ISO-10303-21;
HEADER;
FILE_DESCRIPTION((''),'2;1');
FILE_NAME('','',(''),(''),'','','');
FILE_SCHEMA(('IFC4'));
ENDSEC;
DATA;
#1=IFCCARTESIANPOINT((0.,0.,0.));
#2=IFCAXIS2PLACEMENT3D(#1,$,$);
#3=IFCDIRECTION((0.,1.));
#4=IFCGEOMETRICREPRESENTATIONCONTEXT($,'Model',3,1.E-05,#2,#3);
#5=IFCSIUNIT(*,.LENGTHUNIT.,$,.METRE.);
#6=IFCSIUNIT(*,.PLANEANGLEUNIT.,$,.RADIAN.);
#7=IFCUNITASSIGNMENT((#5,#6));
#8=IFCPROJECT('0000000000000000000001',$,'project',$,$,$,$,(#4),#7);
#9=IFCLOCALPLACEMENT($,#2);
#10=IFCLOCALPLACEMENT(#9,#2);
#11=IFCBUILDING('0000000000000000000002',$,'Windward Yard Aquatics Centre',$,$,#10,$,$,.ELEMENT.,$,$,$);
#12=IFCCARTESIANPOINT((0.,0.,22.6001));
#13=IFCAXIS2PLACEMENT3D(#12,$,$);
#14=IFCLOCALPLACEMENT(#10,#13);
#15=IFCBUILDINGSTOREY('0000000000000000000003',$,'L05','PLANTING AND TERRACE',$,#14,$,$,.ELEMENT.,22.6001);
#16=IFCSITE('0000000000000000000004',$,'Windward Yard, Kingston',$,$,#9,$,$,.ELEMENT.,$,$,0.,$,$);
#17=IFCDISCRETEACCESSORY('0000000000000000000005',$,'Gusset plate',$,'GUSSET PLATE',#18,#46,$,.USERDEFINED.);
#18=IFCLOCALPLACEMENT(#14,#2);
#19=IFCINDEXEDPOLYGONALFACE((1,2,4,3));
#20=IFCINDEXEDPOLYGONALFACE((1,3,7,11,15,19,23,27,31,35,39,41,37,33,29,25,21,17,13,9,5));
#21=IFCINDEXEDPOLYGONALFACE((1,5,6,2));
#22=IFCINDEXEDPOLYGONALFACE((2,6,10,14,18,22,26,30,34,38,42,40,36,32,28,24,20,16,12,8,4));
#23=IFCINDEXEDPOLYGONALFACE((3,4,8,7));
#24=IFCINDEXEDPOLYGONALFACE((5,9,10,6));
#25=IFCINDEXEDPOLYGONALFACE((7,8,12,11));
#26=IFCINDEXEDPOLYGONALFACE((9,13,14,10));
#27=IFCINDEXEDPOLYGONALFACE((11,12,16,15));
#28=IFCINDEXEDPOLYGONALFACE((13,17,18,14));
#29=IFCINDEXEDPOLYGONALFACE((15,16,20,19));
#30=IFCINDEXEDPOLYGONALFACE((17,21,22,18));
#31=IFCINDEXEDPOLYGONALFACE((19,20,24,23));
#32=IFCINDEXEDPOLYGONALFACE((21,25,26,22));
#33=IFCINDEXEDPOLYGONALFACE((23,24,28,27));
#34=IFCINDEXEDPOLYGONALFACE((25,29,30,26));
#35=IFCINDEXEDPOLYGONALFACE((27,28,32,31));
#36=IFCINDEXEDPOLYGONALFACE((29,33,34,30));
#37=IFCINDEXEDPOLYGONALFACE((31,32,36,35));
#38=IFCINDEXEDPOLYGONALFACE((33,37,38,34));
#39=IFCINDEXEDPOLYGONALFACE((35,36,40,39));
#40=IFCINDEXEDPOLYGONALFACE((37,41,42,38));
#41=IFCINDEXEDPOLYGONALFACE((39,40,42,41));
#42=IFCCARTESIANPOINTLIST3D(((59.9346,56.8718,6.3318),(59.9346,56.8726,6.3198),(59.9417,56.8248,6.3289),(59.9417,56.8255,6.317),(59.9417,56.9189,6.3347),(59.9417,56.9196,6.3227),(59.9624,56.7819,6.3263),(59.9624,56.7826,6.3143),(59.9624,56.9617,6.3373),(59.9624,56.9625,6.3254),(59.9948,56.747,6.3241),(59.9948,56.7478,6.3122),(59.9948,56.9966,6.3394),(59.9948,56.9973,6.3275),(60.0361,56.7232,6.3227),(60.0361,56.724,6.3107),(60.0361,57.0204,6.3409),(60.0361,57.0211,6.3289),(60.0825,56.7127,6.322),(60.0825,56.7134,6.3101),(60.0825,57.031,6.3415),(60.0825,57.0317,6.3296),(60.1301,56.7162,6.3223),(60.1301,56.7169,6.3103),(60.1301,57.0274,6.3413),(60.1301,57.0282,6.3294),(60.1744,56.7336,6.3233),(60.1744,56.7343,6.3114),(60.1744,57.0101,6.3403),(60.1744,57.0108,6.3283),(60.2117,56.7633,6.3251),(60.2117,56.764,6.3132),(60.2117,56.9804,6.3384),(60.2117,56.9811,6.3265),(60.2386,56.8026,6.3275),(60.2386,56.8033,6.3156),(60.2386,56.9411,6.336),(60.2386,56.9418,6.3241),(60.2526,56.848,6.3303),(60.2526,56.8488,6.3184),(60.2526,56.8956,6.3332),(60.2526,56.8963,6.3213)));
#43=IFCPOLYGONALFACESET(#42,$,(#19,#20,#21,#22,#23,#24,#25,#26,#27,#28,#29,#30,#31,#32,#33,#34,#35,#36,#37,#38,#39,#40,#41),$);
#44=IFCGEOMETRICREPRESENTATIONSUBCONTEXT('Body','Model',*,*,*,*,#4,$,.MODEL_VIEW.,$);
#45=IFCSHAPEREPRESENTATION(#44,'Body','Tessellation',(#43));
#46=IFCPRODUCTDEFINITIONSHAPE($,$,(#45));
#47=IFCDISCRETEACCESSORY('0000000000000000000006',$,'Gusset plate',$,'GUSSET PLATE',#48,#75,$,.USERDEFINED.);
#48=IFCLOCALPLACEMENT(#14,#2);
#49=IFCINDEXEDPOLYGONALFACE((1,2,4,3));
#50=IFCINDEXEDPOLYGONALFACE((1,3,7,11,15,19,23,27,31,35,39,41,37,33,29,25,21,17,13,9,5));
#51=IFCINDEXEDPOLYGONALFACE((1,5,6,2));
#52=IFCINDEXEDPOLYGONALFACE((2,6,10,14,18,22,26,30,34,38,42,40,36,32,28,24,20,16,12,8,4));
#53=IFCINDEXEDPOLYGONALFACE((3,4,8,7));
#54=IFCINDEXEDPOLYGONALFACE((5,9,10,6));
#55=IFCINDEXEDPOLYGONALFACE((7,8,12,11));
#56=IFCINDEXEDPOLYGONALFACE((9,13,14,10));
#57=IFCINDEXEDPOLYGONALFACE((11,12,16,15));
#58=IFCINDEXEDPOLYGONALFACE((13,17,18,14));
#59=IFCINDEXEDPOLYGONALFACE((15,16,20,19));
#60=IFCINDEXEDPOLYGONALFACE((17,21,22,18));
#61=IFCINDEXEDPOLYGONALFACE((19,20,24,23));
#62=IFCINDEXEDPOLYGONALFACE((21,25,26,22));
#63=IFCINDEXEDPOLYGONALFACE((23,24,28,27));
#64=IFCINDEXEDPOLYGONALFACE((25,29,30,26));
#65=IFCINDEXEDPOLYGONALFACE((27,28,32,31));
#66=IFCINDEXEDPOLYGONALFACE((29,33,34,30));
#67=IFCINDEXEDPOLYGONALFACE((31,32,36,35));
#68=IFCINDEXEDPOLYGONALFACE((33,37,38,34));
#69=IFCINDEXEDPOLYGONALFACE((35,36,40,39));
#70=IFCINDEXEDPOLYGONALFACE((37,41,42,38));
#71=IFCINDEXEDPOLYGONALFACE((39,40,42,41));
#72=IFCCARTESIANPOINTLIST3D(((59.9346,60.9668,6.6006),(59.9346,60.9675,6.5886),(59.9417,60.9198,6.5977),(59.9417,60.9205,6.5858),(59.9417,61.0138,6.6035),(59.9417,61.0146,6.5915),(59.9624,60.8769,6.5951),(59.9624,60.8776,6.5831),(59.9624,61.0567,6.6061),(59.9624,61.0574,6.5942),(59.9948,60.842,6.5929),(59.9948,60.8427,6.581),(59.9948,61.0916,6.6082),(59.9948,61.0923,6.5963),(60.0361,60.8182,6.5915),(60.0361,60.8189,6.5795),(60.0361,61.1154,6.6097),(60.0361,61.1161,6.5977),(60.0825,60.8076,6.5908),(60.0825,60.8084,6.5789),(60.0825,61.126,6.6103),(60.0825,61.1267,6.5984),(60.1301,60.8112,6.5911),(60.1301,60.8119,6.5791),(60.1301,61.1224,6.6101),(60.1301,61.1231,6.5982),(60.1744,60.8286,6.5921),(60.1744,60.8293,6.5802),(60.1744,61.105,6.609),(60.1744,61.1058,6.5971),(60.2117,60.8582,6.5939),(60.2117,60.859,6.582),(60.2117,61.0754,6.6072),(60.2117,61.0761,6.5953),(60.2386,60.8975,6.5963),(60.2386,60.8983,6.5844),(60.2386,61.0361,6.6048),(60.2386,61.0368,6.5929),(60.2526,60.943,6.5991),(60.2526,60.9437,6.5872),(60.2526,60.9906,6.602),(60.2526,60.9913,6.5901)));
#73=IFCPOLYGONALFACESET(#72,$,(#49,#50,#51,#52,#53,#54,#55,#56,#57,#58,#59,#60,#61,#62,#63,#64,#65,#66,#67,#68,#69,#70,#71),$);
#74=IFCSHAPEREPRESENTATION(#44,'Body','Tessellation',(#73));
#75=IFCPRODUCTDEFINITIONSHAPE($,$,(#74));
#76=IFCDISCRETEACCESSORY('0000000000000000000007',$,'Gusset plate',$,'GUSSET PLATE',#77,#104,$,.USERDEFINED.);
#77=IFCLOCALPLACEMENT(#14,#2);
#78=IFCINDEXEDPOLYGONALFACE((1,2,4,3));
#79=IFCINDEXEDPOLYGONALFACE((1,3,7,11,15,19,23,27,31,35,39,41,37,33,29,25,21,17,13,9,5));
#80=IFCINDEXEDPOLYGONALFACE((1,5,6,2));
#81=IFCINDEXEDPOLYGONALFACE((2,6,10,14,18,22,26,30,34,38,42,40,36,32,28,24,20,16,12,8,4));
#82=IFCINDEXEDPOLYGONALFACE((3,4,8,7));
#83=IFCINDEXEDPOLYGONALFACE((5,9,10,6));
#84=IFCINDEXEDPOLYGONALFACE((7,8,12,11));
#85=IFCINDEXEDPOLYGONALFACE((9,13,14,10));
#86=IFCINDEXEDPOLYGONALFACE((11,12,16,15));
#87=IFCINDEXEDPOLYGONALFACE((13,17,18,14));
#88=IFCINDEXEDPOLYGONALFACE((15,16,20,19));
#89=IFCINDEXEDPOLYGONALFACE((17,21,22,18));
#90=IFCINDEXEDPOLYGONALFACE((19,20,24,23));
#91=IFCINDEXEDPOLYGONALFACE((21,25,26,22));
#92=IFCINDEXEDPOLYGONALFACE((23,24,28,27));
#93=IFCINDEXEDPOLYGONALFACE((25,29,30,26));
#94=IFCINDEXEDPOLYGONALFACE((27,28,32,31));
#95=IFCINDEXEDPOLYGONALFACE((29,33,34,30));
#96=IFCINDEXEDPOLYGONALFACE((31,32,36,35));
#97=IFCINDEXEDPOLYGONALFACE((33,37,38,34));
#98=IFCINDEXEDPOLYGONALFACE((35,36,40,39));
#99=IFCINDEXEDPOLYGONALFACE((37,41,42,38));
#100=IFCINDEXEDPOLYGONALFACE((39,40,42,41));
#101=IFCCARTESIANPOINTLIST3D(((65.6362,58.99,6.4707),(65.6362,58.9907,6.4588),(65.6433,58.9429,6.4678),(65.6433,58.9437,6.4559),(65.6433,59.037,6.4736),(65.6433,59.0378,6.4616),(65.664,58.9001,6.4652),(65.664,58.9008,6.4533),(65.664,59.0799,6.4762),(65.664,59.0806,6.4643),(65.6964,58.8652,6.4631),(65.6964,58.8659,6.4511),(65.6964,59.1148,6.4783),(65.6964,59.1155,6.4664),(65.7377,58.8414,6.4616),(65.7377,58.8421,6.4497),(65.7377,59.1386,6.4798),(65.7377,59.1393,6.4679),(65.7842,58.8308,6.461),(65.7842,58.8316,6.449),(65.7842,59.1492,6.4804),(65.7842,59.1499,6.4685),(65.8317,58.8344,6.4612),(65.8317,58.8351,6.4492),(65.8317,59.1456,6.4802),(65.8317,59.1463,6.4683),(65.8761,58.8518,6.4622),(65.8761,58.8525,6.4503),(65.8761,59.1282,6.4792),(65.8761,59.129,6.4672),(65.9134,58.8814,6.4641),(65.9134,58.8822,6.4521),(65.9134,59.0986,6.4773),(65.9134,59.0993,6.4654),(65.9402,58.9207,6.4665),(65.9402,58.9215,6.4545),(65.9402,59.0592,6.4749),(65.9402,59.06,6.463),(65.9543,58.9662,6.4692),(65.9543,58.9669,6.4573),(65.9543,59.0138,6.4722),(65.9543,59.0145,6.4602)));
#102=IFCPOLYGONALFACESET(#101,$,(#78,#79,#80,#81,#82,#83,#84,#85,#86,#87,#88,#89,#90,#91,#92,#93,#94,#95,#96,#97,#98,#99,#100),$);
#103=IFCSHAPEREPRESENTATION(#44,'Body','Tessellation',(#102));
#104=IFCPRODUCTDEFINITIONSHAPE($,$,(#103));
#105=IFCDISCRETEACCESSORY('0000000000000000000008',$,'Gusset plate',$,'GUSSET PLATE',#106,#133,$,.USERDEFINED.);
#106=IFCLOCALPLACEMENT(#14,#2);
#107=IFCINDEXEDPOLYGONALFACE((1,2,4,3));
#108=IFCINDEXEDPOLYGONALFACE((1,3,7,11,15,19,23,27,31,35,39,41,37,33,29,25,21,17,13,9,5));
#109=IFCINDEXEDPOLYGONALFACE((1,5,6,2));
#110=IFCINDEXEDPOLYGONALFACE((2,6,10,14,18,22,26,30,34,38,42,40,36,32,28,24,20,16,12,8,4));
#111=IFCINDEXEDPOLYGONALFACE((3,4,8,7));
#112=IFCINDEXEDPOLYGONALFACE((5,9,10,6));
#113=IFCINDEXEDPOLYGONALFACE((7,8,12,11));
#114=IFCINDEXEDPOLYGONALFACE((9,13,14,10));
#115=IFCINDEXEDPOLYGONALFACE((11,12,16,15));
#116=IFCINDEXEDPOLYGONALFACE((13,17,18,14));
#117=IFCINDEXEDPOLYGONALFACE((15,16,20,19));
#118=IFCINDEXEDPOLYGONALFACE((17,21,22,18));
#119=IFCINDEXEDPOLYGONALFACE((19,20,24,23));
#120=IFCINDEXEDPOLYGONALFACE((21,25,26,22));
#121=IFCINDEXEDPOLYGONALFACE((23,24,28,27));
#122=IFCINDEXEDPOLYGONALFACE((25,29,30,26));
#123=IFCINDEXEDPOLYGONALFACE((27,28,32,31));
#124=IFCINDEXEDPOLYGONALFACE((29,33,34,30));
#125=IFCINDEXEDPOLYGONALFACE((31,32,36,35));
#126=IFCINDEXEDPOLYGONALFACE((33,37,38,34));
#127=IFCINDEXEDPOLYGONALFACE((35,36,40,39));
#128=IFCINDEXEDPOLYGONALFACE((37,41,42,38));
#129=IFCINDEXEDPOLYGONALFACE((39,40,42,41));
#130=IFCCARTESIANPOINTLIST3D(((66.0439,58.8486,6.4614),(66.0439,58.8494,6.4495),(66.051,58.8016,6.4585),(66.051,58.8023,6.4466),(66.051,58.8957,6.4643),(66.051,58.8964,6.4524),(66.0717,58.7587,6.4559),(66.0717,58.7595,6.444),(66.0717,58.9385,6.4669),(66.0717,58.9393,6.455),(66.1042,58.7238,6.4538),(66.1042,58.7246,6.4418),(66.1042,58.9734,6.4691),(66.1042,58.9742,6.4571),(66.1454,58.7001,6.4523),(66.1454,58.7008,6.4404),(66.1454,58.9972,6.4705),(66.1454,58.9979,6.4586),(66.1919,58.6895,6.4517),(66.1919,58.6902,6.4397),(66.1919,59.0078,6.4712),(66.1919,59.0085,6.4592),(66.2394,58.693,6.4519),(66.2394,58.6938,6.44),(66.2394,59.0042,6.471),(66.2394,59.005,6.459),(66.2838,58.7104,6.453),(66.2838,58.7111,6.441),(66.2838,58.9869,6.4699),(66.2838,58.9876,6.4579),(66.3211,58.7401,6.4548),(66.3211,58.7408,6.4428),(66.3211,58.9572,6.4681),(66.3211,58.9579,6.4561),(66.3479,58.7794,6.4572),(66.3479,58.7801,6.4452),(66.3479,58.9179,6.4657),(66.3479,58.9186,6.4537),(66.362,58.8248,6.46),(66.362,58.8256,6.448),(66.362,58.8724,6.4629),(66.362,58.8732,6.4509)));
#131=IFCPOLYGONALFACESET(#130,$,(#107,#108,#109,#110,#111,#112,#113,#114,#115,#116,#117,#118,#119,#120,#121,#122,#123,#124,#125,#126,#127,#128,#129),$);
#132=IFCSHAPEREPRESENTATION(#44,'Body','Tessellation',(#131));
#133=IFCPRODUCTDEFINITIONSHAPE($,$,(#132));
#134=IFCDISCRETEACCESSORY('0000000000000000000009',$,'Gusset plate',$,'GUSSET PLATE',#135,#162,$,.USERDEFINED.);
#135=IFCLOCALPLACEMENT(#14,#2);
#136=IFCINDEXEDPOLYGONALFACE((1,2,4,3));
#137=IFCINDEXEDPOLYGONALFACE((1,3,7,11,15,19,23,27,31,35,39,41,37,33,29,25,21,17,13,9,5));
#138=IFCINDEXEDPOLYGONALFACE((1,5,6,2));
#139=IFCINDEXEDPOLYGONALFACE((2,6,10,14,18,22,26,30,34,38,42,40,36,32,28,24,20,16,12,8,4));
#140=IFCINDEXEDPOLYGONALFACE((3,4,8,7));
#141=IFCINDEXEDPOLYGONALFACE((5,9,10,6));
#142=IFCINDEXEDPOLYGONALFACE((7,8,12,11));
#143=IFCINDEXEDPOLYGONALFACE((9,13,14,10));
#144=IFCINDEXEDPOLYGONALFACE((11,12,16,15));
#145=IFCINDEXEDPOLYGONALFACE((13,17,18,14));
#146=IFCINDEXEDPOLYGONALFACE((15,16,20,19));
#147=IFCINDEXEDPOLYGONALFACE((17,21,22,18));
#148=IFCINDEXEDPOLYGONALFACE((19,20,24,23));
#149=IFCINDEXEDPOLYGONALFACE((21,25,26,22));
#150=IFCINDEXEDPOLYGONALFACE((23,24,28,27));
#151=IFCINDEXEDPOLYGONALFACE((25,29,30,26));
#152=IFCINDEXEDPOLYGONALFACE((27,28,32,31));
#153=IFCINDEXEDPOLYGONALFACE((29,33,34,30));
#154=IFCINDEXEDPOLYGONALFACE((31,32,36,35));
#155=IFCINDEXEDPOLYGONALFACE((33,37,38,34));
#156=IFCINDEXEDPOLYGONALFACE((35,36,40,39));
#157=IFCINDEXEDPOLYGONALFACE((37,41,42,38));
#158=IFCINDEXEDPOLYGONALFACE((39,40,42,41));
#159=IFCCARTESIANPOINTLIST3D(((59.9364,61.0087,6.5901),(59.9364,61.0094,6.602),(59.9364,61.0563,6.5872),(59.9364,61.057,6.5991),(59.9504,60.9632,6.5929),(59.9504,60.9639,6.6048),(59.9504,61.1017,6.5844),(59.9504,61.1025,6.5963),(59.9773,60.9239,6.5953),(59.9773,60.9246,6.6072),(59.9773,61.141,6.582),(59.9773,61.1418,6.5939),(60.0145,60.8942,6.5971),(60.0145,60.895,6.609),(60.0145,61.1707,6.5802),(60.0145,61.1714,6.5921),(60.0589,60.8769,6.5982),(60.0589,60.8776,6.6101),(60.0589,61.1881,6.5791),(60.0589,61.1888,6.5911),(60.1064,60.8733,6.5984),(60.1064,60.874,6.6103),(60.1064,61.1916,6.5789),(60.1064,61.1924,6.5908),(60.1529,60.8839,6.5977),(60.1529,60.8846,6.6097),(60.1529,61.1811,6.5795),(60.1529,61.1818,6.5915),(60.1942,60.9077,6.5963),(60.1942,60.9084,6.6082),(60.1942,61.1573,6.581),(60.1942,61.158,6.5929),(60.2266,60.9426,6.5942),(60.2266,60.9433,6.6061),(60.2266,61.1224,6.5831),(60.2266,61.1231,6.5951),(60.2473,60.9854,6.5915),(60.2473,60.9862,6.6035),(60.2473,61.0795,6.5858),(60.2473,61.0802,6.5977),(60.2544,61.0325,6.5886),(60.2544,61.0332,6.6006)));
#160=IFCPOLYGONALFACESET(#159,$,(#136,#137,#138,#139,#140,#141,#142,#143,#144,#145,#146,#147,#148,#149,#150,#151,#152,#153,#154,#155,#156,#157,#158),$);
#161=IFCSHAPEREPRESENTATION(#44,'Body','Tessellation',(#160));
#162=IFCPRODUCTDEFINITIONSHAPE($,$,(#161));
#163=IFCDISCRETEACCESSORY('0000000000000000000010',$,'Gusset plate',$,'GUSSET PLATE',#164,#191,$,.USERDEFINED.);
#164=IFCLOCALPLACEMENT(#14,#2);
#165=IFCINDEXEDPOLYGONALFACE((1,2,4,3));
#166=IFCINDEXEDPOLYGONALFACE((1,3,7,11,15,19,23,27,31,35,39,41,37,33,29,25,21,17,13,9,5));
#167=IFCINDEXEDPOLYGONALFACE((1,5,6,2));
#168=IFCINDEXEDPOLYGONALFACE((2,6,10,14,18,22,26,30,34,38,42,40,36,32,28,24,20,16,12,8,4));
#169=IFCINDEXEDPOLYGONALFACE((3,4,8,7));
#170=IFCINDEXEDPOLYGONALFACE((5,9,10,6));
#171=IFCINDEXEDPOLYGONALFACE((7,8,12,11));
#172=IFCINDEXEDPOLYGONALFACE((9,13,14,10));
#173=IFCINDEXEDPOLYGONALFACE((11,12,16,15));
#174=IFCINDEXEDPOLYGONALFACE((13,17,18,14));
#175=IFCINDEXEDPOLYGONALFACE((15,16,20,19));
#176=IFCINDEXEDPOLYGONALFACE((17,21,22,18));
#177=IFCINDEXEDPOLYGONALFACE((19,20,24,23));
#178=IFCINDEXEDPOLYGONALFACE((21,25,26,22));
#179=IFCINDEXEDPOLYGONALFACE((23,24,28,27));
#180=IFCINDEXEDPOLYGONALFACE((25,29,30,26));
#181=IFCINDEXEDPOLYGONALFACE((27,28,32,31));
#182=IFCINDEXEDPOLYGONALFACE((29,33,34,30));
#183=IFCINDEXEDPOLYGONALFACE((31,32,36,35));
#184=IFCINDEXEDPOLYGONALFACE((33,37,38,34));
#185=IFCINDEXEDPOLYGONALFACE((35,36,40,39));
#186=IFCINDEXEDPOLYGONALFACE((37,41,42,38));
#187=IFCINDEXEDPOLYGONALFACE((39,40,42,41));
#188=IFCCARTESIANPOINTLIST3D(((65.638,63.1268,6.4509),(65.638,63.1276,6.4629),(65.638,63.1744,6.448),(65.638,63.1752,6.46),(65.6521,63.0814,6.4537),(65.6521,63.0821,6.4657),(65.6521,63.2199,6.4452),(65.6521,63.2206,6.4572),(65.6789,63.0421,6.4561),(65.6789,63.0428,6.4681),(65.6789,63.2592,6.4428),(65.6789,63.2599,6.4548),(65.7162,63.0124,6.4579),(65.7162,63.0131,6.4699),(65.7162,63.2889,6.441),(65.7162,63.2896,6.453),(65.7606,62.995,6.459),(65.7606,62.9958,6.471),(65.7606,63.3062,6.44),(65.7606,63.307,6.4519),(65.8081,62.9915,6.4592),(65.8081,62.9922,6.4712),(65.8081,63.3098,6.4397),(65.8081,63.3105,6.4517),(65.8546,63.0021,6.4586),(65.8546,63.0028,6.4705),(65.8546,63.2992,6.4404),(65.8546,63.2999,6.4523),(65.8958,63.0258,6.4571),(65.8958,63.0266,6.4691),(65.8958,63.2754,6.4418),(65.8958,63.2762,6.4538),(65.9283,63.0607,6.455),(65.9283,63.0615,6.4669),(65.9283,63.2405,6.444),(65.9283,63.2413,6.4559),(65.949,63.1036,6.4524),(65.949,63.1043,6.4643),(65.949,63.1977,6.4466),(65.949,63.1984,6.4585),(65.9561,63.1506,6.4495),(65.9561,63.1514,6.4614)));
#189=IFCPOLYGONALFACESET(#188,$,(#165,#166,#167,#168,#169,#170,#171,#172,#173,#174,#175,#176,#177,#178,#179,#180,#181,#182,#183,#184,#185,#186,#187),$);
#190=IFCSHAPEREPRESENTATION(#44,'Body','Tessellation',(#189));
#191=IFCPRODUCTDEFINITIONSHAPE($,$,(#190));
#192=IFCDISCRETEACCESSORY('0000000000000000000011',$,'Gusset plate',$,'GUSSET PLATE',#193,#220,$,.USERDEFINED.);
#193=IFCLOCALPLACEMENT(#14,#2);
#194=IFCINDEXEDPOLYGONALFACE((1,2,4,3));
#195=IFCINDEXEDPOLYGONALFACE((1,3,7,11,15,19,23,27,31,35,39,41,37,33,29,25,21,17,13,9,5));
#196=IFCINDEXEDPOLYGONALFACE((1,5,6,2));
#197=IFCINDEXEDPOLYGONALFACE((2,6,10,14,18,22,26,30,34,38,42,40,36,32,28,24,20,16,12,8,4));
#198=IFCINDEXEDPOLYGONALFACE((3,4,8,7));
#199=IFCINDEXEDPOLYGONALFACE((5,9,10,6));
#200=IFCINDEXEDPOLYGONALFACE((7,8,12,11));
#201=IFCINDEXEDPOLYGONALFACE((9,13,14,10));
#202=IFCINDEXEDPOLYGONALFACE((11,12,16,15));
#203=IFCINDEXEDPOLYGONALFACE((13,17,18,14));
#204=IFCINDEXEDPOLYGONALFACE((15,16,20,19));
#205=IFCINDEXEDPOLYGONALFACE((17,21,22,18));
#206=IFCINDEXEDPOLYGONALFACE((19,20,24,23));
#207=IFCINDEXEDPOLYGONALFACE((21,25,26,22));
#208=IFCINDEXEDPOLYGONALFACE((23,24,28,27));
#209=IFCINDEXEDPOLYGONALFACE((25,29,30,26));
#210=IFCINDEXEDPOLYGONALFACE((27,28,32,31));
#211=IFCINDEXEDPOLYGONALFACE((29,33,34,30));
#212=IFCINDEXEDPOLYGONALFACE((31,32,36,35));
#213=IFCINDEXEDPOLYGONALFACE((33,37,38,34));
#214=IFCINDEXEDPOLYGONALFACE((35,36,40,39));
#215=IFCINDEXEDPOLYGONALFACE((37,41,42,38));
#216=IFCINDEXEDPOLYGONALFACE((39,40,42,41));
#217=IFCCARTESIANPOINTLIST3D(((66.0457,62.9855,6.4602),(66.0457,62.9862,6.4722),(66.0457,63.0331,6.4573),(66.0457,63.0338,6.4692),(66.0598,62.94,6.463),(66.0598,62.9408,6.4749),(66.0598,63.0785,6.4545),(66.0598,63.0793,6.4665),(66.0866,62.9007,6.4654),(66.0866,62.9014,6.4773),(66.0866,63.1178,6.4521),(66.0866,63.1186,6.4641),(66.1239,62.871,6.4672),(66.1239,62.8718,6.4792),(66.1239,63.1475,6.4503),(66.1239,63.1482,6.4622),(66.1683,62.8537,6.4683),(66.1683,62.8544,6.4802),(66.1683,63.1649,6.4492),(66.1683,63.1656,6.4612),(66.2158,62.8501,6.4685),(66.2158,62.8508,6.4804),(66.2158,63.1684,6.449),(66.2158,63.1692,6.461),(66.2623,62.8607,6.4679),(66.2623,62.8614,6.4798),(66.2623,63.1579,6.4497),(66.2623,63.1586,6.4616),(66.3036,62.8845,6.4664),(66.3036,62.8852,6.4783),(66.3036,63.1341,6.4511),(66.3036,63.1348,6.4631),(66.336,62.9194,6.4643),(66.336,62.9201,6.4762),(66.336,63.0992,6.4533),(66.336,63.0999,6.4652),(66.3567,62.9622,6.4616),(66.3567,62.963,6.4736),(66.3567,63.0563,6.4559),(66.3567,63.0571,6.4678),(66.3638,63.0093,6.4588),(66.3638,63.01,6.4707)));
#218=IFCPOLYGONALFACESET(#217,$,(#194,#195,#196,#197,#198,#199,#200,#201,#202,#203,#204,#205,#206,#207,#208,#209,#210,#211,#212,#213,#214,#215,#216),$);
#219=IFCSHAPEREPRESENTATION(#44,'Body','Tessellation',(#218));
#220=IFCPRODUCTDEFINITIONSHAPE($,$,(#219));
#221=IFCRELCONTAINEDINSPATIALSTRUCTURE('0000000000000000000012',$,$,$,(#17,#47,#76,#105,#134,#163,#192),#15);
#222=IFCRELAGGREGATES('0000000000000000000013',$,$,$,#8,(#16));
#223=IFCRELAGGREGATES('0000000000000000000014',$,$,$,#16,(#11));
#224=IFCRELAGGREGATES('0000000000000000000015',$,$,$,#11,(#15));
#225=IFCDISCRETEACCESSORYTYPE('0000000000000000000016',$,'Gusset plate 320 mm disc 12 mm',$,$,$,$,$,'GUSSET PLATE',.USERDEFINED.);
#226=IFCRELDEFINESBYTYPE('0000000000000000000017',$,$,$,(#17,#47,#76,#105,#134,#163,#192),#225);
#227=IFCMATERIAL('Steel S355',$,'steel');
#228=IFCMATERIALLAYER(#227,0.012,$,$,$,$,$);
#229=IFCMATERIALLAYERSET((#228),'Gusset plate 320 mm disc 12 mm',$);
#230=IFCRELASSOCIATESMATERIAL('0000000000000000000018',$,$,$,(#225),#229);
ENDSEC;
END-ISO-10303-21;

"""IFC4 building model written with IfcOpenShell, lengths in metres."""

from ifc_helpers import new_model, si_unit, direction, frame, origin, origin_2d, place, context, subcontext, project, spatial, circle, extrude, material, layer, layer_set, type_object, element, save


model = new_model("IFC4")

# Units and contexts
model_context = context("Model", 3, precision=1e-05, world=origin(), true_north=direction((0.0, 1.0)))
body_context = subcontext(model_context, "Body", "Model", "MODEL_VIEW")
ifc_project = project(units=[si_unit("LENGTHUNIT", "METRE"), si_unit("PLANEANGLEUNIT", "RADIAN")], contexts=[model_context])

# Site, building, storey
site_placement = place(None, origin())
site = spatial("IfcSite", under=ifc_project, at=site_placement, Name="Windward Yard, Kingston", CompositionType="ELEMENT", RefElevation=0.0)
building_placement = place(site_placement, origin())
building = spatial("IfcBuilding", under=site, at=building_placement, Name="Windward Yard Aquatics Centre", CompositionType="ELEMENT")
storey_placement = place(building_placement, frame((0.0, 0.0, 22.6001)))
storey = spatial("IfcBuildingStorey", under=building, at=storey_placement, Name="L05", Description="PLANTING AND TERRACE", CompositionType="ELEMENT", Elevation=22.6001)

# Discrete accessories
ifc_material_1 = material(Name="Steel S355", Category="steel")
ifc_layer = layer(ifc_material_1, 0.012)
ifc_layer_set = layer_set([ifc_layer], Name="Gusset plate 320 mm disc 12 mm")
discrete_accessory_type = type_object("IfcDiscreteAccessoryType", Name="Gusset plate 320 mm disc 12 mm", ElementType="GUSSET PLATE", PredefinedType="USERDEFINED", material=ifc_layer_set)
for number, where, z_axis, x_axis, name in (
    (1, (60.0945, 56.8718, 6.3318), (0.0, 0.06111, -0.998131), (-1.0, 0.0, 0.0), "Gusset plate"),
    (2, (60.0945, 60.9668, 6.6006), (0.0, 0.06111, -0.998131), (-1.0, 0.0, 0.0), "Gusset plate"),
    (3, (65.7961, 58.99, 6.4707), (0.0, 0.06111, -0.998131), (-1.0, 0.0, 0.0), "Gusset plate"),
    (4, (66.2039, 58.8486, 6.4614), (0.0, 0.06111, -0.998131), (-1.0, 0.0, 0.0), "Gusset plate"),
    (5, (60.0945, 61.0332, 6.6006), (0.0, -0.06111, -0.998131), (1.0, 0.0, 0.0), "Gusset plate"),
    (6, (65.7961, 63.1514, 6.4614), (0.0, -0.06111, -0.998131), (1.0, 0.0, 0.0), "Gusset plate"),
    (7, (66.2039, 63.01, 6.4707), (0.0, -0.06111, -0.998131), (1.0, 0.0, 0.0), "Gusset plate"),
):
    element("IfcDiscreteAccessory", number, at=place(storey_placement, frame(where, z_axis=z_axis, x_axis=x_axis)), inside=storey, type_object=discrete_accessory_type, Name=name, ObjectType="GUSSET PLATE", PredefinedType="USERDEFINED", context=body_context, shape_type="SweptSolid", body=[
        extrude(circle(Radius=0.1599, at=origin_2d()), origin(), (0.0, 0.0, 1.0), 0.012),
    ])

save(model, "model.ifc")
